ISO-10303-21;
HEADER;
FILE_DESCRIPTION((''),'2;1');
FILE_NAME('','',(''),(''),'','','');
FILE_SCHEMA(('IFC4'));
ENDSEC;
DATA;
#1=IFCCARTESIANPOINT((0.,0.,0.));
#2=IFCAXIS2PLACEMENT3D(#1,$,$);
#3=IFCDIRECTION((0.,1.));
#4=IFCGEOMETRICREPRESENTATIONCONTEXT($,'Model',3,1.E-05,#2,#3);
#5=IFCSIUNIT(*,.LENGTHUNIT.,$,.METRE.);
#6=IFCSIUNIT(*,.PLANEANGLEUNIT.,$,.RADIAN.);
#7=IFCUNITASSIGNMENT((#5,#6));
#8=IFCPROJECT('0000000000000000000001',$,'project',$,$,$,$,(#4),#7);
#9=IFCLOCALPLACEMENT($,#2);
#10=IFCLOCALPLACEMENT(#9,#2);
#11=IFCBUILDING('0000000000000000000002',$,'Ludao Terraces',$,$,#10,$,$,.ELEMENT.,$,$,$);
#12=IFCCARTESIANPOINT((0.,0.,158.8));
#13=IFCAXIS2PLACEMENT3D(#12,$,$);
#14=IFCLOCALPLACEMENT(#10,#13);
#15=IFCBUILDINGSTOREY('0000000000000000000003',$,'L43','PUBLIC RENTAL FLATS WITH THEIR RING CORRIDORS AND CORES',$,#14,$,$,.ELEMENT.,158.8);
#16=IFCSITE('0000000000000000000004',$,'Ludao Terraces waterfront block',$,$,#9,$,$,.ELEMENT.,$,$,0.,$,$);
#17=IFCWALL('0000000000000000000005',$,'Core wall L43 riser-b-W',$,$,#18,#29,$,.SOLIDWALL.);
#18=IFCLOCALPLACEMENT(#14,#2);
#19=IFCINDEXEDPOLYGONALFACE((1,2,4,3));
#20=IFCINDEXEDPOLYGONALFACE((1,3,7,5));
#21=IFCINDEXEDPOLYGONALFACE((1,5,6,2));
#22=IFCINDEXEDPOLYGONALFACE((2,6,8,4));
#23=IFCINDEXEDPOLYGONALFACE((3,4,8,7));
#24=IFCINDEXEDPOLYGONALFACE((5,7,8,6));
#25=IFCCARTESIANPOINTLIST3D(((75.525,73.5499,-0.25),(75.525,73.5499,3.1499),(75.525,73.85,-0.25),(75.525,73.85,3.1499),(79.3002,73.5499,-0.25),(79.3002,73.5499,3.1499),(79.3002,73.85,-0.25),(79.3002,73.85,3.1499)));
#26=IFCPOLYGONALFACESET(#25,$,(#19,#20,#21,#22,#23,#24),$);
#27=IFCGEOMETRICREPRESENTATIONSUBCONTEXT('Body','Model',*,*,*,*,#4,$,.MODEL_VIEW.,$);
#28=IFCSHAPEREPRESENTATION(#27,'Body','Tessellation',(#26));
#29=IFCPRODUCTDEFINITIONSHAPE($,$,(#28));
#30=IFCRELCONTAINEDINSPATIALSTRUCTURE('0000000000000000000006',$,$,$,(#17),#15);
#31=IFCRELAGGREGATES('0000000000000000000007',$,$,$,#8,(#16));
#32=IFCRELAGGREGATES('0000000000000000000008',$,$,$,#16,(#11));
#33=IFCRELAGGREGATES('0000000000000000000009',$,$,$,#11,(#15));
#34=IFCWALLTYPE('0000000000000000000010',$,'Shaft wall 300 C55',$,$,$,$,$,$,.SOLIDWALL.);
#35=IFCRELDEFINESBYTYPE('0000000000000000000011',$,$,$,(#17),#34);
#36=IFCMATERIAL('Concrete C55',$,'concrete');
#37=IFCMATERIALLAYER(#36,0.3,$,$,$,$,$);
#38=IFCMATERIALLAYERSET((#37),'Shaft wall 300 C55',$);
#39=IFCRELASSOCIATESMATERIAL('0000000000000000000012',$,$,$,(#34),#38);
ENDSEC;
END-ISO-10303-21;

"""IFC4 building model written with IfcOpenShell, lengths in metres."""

from ifc_helpers import new_model, si_unit, direction, frame, frame_2d, origin, place, context, subcontext, project, spatial, rectangle, extrude, material, layer, layer_set, type_object, element, save


model = new_model("IFC4")

# Units and contexts
model_context = context("Model", 3, precision=1e-05, world=origin(), true_north=direction((0.0, 1.0)))
body_context = subcontext(model_context, "Body", "Model", "MODEL_VIEW")
ifc_project = project(units=[si_unit("LENGTHUNIT", "METRE"), si_unit("PLANEANGLEUNIT", "RADIAN")], contexts=[model_context])

# Site, building, storey
site_placement = place(None, origin())
site = spatial("IfcSite", under=ifc_project, at=site_placement, Name="Ludao Terraces waterfront block", CompositionType="ELEMENT", RefElevation=0.0)
building_placement = place(site_placement, origin())
building = spatial("IfcBuilding", under=site, at=building_placement, Name="Ludao Terraces", CompositionType="ELEMENT")
storey_placement = place(building_placement, frame((0.0, 0.0, 158.8)))
storey = spatial("IfcBuildingStorey", under=building, at=storey_placement, Name="L43", Description="PUBLIC RENTAL FLATS WITH THEIR RING CORRIDORS AND CORES", CompositionType="ELEMENT", Elevation=158.8)

# Shared definitions
ifc_material_1 = material(Name="Concrete C55", Category="concrete")
ifc_layer_1 = layer(ifc_material_1, 0.3)
ifc_layer_set_1 = layer_set([ifc_layer_1], Name="Shaft wall 300 C55")
wall_type_1 = type_object("IfcWallType", Name="Shaft wall 300 C55", PredefinedType="SOLIDWALL", material=ifc_layer_set_1)

# Wall
for number, where, z_axis, x_axis, name in (
    (1, (75.5249, 73.7, -0.25), (0.0, 0.0, 1.0), (1.0, 0.0, 0.0), "Core wall L43 riser-b-W"),
):
    element("IfcWall", number, at=place(storey_placement, frame(where, z_axis=z_axis, x_axis=x_axis)), inside=storey, type_object=wall_type_1, Name=name, PredefinedType="SOLIDWALL", context=body_context, shape_type="SweptSolid", body=[
        extrude(rectangle(XDim=3.7751, YDim=0.3, at=frame_2d((1.8877, 0.0))), origin(), (0.0, 0.0, 1.0), 3.3999),
    ])

save(model, "model.ifc")
